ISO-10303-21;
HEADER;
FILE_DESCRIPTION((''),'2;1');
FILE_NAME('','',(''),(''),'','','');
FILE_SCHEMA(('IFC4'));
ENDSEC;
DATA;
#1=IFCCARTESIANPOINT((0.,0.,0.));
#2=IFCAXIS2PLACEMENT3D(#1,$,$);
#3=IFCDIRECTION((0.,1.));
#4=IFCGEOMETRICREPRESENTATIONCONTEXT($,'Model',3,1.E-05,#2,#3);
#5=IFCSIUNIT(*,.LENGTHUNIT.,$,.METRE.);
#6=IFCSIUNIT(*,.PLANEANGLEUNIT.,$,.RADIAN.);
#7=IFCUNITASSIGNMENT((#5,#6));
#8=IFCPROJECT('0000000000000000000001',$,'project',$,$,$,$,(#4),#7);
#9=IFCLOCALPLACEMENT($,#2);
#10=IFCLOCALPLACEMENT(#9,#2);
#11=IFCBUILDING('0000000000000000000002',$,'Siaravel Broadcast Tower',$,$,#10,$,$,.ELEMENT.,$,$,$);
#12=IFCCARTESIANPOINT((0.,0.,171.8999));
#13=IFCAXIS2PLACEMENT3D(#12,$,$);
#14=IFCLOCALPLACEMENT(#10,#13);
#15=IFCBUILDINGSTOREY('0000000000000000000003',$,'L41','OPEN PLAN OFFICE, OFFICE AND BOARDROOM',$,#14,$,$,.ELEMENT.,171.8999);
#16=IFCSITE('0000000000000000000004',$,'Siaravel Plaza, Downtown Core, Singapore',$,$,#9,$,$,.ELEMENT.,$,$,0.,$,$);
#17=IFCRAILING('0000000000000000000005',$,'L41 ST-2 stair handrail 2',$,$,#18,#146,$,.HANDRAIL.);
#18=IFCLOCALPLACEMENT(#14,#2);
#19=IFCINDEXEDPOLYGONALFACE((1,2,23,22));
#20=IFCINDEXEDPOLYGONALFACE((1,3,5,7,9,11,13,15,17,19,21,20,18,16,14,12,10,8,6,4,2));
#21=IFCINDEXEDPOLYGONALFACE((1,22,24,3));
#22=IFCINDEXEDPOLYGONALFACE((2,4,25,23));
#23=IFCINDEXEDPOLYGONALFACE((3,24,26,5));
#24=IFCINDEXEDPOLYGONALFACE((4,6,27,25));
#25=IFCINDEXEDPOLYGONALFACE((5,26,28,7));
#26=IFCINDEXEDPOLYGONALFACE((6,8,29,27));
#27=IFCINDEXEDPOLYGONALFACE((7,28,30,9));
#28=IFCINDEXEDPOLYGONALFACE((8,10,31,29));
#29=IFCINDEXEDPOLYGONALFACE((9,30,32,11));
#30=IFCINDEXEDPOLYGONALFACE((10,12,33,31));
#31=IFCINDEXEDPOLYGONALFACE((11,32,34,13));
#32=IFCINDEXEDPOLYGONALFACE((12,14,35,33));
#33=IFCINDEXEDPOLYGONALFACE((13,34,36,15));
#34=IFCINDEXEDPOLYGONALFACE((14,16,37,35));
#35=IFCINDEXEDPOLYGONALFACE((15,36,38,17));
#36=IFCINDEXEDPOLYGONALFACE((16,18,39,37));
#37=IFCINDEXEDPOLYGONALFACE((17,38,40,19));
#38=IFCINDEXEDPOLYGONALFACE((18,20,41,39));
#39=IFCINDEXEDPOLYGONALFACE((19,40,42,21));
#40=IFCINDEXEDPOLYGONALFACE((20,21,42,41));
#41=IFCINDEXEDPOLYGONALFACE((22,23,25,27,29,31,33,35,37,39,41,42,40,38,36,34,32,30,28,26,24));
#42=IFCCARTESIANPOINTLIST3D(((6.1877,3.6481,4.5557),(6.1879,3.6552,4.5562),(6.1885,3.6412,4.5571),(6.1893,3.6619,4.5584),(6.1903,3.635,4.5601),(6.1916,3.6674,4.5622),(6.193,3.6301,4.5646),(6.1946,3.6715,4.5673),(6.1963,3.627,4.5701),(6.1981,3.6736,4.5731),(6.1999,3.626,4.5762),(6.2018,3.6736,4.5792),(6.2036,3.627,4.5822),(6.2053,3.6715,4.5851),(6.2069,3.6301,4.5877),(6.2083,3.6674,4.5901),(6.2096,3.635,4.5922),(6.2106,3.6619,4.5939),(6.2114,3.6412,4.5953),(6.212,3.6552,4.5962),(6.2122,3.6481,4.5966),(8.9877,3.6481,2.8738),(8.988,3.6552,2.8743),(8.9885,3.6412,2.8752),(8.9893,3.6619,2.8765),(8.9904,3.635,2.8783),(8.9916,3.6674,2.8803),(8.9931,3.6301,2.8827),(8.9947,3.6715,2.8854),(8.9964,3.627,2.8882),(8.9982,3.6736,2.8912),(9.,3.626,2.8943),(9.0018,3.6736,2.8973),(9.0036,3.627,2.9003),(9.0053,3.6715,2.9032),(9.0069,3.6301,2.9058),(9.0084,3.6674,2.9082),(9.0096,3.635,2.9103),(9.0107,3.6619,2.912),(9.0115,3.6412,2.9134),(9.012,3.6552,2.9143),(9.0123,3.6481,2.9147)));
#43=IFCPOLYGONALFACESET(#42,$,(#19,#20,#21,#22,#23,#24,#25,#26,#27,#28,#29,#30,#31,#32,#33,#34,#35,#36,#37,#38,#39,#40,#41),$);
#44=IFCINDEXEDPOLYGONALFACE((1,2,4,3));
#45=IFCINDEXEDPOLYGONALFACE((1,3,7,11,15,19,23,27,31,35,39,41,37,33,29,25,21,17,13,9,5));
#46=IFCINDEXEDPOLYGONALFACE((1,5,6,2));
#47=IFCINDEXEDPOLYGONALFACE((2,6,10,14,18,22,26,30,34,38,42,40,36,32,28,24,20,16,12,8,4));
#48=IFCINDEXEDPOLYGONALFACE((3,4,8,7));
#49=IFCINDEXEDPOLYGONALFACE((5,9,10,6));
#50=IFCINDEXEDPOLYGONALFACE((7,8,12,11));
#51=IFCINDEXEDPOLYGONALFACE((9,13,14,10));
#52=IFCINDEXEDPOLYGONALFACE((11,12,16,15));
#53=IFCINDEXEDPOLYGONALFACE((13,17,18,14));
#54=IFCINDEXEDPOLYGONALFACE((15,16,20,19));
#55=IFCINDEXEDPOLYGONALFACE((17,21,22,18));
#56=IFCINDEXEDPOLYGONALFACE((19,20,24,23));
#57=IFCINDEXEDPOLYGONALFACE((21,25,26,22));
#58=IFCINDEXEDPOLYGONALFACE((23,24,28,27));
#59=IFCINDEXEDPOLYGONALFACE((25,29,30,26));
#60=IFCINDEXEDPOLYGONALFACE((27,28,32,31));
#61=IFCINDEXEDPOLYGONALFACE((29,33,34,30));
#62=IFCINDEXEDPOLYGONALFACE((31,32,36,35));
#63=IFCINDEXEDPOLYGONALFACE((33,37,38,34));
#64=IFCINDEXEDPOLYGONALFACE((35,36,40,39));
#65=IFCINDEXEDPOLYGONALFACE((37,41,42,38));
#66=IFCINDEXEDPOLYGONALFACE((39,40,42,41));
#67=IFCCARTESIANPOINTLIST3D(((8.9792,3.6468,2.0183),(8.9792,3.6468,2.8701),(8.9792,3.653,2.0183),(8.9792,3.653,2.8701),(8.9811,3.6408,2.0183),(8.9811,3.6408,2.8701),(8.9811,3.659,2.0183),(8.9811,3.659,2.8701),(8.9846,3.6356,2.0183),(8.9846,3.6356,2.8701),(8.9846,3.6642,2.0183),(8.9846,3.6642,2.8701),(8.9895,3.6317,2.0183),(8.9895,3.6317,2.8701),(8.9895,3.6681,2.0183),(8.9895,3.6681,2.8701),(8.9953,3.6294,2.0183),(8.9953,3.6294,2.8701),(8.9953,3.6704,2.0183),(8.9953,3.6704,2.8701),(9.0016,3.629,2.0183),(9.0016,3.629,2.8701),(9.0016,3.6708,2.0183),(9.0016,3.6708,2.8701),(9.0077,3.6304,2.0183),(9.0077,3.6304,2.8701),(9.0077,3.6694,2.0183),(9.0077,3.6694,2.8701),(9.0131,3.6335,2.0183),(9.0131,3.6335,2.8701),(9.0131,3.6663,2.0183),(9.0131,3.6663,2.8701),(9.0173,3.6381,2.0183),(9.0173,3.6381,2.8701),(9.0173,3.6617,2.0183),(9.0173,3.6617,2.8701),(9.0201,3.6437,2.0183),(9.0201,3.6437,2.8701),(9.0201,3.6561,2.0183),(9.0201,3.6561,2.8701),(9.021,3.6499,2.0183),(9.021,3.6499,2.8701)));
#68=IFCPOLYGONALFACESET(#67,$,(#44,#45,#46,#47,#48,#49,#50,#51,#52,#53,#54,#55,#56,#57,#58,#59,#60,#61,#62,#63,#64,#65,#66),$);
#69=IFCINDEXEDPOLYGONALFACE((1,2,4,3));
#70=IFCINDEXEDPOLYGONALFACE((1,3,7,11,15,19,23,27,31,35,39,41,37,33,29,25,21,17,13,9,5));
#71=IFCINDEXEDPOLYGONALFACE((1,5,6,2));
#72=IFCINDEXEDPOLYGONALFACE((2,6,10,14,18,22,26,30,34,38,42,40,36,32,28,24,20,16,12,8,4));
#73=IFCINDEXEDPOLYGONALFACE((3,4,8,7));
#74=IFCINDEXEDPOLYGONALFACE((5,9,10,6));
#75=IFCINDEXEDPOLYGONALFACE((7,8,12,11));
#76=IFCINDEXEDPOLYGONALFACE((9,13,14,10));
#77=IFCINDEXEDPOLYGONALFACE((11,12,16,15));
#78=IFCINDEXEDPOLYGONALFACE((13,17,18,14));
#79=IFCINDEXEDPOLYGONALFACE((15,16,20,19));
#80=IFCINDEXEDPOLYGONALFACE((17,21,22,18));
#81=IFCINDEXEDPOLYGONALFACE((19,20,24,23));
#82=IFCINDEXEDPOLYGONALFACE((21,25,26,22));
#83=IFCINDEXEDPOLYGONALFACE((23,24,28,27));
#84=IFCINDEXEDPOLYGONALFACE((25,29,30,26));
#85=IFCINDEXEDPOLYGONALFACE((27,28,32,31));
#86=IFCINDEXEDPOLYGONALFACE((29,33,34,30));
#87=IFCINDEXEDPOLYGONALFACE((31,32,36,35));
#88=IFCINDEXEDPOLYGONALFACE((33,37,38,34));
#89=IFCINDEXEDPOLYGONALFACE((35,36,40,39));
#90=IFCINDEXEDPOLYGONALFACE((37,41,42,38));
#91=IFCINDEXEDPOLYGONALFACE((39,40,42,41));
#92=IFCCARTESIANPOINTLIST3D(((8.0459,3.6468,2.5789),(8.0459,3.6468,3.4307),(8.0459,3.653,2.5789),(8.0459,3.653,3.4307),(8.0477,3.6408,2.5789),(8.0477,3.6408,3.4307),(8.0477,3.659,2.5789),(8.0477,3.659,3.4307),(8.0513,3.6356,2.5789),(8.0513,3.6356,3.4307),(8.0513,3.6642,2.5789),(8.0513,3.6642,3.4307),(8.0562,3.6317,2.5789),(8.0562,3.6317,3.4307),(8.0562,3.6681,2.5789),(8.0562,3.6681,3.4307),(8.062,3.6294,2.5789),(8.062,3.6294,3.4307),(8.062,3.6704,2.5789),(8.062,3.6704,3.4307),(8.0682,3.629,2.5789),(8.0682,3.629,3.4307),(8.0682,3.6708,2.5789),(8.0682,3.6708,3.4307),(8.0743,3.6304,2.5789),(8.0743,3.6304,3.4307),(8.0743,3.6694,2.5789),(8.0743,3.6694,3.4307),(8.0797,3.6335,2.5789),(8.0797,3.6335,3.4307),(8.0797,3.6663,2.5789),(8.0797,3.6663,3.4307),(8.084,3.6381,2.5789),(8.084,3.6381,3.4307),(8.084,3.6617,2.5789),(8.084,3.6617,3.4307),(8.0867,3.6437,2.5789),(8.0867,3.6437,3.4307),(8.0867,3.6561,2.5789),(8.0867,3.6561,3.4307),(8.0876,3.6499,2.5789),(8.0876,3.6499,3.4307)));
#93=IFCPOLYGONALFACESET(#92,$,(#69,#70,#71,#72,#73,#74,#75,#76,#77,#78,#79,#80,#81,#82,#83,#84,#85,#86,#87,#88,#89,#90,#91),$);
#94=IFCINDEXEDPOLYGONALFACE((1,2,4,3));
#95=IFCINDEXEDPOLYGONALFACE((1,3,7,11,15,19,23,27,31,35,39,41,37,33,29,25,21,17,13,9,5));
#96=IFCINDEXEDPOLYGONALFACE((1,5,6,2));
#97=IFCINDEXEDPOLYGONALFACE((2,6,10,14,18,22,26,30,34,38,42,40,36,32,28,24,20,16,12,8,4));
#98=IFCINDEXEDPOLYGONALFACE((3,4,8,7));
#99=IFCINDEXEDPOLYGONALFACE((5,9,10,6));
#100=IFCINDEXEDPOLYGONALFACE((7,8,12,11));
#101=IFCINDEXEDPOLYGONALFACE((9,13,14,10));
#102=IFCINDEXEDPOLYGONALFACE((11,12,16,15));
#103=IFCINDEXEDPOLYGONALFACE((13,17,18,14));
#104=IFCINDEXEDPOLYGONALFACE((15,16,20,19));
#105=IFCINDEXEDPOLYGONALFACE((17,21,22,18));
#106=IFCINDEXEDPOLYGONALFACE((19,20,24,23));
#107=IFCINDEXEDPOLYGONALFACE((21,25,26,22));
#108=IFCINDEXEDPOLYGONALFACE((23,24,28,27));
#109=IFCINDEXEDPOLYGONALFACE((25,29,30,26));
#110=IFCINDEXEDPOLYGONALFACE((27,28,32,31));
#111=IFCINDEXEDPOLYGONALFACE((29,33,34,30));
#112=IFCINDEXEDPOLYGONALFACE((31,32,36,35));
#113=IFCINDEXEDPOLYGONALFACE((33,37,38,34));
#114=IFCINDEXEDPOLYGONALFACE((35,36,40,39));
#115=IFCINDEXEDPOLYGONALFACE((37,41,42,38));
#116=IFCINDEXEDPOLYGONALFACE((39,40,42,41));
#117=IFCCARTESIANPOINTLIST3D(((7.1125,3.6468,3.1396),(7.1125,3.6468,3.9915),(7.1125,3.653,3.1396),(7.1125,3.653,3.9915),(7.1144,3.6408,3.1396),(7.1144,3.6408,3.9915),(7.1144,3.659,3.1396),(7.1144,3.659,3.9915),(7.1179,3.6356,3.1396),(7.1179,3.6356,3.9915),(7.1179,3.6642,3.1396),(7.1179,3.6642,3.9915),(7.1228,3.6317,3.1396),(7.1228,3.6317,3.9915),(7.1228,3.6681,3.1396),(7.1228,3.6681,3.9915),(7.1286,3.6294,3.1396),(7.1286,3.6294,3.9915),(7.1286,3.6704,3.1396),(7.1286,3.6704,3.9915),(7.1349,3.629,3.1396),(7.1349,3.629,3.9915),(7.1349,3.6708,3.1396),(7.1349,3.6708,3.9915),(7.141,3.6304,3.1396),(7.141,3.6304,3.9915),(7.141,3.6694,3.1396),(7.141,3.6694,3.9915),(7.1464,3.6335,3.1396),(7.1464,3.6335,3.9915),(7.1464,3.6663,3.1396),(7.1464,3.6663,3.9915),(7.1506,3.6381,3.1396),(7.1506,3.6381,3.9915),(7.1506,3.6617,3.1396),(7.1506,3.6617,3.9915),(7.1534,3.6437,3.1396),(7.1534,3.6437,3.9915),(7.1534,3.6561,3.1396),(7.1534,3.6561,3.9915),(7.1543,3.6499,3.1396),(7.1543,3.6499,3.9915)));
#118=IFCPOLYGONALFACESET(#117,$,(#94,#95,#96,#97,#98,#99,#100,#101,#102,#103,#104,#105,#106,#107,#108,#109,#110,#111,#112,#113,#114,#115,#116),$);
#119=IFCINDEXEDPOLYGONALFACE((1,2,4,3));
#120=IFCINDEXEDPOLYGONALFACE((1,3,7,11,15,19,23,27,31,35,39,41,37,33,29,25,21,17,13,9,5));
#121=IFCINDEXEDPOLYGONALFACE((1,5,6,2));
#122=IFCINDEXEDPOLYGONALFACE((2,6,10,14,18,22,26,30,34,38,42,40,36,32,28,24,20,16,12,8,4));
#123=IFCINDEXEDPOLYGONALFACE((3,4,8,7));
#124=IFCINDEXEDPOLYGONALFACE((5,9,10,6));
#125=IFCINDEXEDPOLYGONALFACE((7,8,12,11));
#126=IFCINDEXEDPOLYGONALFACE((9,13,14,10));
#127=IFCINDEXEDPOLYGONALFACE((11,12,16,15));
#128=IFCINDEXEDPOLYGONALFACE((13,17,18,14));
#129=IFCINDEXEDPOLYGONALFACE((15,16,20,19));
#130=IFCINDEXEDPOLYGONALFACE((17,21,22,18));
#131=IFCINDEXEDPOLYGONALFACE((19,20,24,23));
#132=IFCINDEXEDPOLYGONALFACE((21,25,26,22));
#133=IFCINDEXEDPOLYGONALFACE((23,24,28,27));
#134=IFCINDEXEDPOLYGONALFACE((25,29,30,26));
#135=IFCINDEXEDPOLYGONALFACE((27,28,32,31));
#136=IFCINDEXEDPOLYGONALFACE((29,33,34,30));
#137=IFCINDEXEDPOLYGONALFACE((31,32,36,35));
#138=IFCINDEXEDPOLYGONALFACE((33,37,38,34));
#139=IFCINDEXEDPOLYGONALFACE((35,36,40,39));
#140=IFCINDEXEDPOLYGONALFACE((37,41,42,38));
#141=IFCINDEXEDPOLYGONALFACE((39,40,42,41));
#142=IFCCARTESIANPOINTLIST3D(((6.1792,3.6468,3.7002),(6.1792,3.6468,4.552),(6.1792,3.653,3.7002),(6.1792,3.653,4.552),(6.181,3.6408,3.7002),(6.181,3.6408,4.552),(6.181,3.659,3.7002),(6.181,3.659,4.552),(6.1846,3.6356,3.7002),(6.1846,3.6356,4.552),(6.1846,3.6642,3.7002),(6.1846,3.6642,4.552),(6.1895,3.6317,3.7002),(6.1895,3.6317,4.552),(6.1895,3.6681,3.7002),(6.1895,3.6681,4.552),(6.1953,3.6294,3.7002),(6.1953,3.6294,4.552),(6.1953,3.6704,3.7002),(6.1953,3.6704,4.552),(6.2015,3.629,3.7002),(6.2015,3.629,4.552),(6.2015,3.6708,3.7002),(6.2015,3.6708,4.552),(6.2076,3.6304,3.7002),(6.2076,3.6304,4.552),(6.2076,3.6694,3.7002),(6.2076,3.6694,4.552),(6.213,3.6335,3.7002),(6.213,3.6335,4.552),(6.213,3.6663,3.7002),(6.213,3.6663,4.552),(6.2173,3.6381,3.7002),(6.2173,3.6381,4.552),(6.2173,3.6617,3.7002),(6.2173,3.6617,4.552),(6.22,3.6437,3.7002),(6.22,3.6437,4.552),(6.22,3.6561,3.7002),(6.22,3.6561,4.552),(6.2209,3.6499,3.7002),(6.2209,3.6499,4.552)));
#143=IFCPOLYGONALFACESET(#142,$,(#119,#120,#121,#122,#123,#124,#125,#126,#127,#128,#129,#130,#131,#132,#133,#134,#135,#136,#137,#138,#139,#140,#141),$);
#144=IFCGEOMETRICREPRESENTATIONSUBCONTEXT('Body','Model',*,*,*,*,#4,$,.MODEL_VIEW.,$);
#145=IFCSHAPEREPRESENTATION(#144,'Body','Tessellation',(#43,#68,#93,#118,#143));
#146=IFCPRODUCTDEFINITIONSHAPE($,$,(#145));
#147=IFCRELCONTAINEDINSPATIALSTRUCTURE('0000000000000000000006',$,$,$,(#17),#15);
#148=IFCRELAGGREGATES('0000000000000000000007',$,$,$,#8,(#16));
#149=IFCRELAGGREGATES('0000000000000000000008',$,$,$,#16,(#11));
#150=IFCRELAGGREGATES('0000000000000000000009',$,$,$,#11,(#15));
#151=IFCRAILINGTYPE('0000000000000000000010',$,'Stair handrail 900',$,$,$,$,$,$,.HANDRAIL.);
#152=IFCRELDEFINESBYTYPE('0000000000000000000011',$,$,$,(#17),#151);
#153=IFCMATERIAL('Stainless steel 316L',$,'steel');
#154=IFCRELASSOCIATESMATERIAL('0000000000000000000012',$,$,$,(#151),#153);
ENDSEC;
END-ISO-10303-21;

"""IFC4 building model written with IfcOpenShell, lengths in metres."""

from ifc_helpers import new_model, si_unit, direction, frame, origin, origin_2d, place, context, subcontext, project, spatial, circle, extrude, material, type_object, element, save


model = new_model("IFC4")

# Units and contexts
model_context = context("Model", 3, precision=1e-05, world=origin(), true_north=direction((0.0, 1.0)))
body_context = subcontext(model_context, "Body", "Model", "MODEL_VIEW")
ifc_project = project(units=[si_unit("LENGTHUNIT", "METRE"), si_unit("PLANEANGLEUNIT", "RADIAN")], contexts=[model_context])

# Site, building, storey
site_placement = place(None, origin())
site = spatial("IfcSite", under=ifc_project, at=site_placement, Name="Siaravel Plaza, Downtown Core, Singapore", CompositionType="ELEMENT", RefElevation=0.0)
building_placement = place(site_placement, origin())
building = spatial("IfcBuilding", under=site, at=building_placement, Name="Siaravel Broadcast Tower", CompositionType="ELEMENT")
storey_placement = place(building_placement, frame((0.0, 0.0, 171.8999)))
storey = spatial("IfcBuildingStorey", under=building, at=storey_placement, Name="L41", Description="OPEN PLAN OFFICE, OFFICE AND BOARDROOM", CompositionType="ELEMENT", Elevation=171.8999)

# Railing
ifc_material_1 = material(Name="Stainless steel 316L", Category="steel")
railing_type_1 = type_object("IfcRailingType", Name="Stair handrail 900", PredefinedType="HANDRAIL", material=ifc_material_1)
railing_1_placement = place(storey_placement, frame((9.0, 3.6499, 2.0183)))
element("IfcRailing", 1, at=railing_1_placement, inside=storey, type_object=railing_type_1, Name="L41 ST-2 stair handrail 2", PredefinedType="HANDRAIL", context=body_context, shape_type="SweptSolid", body=[
    extrude(circle(Radius=0.0239, at=origin_2d()), frame((0.0, 0.0, 0.876), z_axis=(-0.857242, 0.0, 0.514913), x_axis=(0.0, -1.0, 0.0)), (0.0, 0.0, 1.0), 3.2664),
    extrude(circle(Radius=0.021, at=origin_2d()), origin(), (0.0, 0.0, 1.0), 0.8518),
    extrude(circle(Radius=0.021, at=origin_2d()), frame((-0.9333, 0.0, 0.5605)), (0.0, 0.0, 1.0), 0.8518),
    extrude(circle(Radius=0.021, at=origin_2d()), frame((-1.8667, 0.0, 1.1213)), (0.0, 0.0, 1.0), 0.8518),
    extrude(circle(Radius=0.021, at=origin_2d()), frame((-2.8, 0.0, 1.6819)), (0.0, 0.0, 1.0), 0.8518),
])

save(model, "model.ifc")
